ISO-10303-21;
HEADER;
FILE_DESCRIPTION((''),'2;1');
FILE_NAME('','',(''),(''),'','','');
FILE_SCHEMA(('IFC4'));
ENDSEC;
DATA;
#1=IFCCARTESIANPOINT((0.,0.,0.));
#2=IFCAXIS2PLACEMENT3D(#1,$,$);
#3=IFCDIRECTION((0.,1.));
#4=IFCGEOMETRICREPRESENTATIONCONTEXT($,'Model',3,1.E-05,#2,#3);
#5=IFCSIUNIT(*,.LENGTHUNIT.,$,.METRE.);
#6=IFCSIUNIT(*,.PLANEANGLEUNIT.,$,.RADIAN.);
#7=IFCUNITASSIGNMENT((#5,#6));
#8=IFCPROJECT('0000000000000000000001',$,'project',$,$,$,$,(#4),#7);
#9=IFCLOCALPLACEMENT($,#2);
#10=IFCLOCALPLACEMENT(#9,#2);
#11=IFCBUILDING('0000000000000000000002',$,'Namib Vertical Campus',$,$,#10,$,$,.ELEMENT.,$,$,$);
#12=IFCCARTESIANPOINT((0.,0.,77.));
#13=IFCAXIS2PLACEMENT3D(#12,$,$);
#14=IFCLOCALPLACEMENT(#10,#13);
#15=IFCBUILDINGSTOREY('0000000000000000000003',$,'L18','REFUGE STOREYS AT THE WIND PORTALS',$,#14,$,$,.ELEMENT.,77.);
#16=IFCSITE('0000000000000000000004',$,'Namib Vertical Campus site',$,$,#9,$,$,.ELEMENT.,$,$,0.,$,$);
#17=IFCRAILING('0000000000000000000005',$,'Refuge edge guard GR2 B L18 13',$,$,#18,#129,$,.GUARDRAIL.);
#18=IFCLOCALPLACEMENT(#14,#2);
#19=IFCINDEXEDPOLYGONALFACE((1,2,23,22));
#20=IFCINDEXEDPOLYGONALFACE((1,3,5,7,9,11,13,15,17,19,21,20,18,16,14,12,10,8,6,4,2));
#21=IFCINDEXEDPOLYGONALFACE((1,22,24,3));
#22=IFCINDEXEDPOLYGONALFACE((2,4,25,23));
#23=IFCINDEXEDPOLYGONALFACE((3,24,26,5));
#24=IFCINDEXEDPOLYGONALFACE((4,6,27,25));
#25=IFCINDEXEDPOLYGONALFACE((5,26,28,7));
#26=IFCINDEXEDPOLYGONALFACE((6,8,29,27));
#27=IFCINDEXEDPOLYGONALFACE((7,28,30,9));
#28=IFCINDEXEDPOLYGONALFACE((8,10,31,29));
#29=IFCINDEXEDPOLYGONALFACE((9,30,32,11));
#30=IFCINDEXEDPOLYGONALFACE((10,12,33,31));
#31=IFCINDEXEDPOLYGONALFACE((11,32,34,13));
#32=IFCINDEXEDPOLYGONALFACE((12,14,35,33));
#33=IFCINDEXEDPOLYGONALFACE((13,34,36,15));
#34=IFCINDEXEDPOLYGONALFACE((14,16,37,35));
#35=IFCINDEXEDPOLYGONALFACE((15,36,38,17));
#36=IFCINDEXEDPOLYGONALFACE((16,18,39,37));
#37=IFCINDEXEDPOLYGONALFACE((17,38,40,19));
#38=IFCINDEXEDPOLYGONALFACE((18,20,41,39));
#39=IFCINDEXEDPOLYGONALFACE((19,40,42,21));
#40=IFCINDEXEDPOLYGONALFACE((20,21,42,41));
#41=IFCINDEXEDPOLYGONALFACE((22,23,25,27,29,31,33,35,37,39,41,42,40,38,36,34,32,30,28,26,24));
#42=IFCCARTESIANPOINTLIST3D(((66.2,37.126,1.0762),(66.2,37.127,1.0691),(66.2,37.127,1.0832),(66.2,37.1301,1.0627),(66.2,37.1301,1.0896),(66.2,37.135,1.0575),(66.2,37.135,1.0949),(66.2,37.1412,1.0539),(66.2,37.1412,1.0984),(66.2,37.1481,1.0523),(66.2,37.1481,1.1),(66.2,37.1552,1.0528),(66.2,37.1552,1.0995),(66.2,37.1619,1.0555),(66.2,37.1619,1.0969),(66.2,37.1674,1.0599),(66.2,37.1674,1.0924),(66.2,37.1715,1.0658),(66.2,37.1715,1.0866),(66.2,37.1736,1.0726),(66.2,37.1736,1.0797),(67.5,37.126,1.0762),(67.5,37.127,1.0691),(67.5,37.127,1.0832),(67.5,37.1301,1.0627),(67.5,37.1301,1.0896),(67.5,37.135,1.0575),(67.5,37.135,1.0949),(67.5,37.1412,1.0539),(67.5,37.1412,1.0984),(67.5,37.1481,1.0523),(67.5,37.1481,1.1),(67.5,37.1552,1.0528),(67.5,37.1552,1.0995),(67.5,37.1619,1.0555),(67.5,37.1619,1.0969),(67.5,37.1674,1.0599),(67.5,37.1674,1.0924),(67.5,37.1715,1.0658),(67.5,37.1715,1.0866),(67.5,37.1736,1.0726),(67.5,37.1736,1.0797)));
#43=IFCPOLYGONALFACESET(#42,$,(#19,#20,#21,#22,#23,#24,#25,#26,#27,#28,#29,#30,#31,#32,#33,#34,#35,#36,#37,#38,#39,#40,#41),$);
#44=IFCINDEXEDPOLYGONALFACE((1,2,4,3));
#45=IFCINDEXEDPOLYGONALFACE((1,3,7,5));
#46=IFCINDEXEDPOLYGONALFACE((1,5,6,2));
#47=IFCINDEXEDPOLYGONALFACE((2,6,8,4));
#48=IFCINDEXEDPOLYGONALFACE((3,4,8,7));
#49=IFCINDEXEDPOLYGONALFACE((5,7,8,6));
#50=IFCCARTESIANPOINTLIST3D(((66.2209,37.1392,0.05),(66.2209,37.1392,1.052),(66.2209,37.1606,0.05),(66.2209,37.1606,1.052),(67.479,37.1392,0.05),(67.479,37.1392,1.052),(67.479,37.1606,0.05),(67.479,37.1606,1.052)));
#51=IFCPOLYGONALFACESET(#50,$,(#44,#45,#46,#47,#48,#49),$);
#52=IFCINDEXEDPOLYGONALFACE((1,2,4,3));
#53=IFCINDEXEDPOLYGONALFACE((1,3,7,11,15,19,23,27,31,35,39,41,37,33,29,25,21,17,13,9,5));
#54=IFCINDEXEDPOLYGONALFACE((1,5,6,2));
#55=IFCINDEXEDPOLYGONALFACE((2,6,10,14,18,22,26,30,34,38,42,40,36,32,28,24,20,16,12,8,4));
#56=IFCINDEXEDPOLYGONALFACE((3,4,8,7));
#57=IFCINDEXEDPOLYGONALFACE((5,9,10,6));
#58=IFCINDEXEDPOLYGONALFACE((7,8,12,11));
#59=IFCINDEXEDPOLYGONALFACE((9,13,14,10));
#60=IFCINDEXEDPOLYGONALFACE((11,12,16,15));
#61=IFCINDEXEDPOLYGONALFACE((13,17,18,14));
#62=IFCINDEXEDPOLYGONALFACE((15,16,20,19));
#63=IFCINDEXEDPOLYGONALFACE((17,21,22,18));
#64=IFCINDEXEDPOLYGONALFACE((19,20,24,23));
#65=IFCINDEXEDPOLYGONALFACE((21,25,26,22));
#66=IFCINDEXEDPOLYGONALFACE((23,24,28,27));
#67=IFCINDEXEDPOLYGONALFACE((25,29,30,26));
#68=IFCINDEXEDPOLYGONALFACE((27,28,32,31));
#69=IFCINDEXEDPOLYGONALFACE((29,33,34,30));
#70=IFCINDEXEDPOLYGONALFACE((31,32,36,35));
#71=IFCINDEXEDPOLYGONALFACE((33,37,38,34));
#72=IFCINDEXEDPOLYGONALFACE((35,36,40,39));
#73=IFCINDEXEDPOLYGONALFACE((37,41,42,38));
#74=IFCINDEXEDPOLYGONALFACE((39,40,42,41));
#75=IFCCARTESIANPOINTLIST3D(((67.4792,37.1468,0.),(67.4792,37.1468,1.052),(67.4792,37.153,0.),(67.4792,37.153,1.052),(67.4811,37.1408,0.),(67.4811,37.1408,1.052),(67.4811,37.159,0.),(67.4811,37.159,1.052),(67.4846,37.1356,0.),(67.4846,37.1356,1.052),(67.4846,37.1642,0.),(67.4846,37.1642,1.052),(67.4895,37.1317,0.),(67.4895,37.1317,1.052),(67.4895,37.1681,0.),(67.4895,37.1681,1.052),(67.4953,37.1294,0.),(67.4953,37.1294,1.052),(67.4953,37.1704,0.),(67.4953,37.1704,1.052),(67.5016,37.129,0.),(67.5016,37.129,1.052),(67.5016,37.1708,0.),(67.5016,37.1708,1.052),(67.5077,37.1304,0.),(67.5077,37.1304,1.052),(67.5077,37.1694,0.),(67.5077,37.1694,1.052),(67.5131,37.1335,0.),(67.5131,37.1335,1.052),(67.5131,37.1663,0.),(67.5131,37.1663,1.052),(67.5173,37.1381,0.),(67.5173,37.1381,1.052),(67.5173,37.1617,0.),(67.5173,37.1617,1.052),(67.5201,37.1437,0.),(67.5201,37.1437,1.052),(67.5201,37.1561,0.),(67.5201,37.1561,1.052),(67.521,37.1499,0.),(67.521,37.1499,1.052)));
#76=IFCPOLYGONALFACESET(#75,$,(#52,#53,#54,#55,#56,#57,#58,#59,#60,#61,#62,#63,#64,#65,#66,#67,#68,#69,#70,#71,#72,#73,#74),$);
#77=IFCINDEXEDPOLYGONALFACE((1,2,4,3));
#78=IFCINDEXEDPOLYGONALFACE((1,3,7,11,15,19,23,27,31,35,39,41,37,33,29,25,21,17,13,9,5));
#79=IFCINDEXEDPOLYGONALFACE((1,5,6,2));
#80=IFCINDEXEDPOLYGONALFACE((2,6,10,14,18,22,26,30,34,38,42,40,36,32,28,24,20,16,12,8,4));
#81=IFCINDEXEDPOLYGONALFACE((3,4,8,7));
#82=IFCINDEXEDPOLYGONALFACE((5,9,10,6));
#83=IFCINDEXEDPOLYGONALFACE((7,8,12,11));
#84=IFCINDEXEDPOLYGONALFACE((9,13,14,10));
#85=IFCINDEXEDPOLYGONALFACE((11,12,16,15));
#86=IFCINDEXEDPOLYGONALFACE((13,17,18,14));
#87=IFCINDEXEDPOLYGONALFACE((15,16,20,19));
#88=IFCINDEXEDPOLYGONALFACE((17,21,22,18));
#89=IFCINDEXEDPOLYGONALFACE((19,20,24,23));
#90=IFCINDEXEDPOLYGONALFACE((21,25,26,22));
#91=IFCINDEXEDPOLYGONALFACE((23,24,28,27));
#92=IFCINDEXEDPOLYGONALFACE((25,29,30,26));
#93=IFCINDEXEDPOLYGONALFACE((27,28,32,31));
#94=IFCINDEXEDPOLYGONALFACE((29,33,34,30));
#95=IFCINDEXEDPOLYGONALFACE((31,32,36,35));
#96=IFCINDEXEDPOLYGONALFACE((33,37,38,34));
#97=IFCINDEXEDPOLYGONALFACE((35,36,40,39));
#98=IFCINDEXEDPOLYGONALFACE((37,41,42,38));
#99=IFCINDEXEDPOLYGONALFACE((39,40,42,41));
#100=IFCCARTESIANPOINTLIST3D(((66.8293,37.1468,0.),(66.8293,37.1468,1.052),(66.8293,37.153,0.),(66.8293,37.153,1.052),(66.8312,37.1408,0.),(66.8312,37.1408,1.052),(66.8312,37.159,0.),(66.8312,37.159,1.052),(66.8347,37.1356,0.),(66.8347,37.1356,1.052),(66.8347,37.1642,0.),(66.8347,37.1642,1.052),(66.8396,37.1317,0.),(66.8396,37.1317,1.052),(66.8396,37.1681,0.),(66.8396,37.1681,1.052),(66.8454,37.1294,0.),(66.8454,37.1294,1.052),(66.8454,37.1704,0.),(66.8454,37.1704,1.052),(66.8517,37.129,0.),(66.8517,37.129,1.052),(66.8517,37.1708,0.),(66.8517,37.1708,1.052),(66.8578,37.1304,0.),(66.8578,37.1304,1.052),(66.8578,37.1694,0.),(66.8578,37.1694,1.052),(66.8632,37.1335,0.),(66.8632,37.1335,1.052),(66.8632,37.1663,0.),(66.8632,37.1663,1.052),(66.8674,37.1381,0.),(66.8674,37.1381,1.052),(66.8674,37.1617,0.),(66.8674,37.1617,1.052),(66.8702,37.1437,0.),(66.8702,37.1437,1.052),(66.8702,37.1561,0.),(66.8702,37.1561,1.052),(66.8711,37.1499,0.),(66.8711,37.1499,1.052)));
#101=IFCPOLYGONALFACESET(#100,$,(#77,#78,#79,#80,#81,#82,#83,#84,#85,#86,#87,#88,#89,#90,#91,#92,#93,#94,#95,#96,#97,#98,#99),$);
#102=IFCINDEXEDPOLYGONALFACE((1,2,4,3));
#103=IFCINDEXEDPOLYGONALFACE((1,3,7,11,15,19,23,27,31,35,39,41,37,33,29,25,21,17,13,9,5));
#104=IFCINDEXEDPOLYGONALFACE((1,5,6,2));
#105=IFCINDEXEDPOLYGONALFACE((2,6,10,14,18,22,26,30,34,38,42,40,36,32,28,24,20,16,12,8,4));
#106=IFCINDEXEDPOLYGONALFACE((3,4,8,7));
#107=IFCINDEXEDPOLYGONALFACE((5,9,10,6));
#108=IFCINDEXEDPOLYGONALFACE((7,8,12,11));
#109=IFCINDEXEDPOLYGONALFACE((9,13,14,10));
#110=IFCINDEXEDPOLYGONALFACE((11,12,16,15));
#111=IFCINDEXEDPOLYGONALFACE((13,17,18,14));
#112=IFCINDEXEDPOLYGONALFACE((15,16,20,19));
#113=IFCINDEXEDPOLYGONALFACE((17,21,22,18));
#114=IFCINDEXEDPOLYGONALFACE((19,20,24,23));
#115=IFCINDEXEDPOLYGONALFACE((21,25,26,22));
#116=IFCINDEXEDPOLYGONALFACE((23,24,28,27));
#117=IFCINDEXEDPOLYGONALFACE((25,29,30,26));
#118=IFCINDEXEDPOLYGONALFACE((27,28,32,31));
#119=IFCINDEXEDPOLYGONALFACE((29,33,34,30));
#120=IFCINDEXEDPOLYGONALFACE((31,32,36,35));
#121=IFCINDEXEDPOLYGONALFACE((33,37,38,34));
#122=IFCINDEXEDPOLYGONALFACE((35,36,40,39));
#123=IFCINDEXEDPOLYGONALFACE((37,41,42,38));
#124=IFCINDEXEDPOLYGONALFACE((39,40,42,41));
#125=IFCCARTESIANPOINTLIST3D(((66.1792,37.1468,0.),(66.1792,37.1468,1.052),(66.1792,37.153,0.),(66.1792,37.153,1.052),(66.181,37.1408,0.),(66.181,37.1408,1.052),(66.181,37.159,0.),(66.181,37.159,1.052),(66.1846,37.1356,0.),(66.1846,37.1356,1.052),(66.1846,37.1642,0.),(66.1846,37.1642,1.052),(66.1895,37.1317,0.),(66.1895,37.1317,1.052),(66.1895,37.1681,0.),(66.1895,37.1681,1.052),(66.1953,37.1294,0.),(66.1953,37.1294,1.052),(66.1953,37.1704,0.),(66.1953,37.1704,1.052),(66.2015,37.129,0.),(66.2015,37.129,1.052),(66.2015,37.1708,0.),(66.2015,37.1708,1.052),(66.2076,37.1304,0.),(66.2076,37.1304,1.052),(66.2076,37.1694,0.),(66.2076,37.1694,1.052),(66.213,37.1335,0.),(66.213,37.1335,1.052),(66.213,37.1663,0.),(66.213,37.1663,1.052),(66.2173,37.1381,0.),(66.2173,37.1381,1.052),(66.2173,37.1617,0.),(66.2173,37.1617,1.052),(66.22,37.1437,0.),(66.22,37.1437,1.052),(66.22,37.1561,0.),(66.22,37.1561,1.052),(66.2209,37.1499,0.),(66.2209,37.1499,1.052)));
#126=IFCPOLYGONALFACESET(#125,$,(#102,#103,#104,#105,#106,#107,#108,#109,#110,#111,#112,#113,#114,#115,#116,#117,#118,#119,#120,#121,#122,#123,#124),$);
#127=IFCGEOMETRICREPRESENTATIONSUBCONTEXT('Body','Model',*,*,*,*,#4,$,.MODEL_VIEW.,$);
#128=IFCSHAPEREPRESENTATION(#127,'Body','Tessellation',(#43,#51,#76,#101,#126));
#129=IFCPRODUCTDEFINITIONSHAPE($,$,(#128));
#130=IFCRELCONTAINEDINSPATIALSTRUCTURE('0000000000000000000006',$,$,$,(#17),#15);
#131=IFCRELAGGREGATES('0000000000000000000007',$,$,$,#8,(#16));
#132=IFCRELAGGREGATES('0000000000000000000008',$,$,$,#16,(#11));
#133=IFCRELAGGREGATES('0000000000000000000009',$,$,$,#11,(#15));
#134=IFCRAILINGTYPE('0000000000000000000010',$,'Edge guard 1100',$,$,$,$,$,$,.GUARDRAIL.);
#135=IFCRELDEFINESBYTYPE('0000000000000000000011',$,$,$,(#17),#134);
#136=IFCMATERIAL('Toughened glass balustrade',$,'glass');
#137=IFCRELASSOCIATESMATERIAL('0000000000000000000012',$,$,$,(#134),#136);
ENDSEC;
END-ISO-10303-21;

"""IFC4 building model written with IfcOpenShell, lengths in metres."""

from ifc_helpers import new_model, si_unit, direction, frame, origin, origin_2d, place, context, subcontext, project, spatial, polyline, circle, outline, extrude, material, type_object, element, save


model = new_model("IFC4")

# Units and contexts
model_context = context("Model", 3, precision=1e-05, world=origin(), true_north=direction((0.0, 1.0)))
body_context = subcontext(model_context, "Body", "Model", "MODEL_VIEW")
ifc_project = project(units=[si_unit("LENGTHUNIT", "METRE"), si_unit("PLANEANGLEUNIT", "RADIAN")], contexts=[model_context])

# Site, building, storey
site_placement = place(None, origin())
site = spatial("IfcSite", under=ifc_project, at=site_placement, Name="Namib Vertical Campus site", CompositionType="ELEMENT", RefElevation=0.0)
building_placement = place(site_placement, origin())
building = spatial("IfcBuilding", under=site, at=building_placement, Name="Namib Vertical Campus", CompositionType="ELEMENT")
storey_placement = place(building_placement, frame((0.0, 0.0, 77.0)))
storey = spatial("IfcBuildingStorey", under=building, at=storey_placement, Name="L18", Description="REFUGE STOREYS AT THE WIND PORTALS", CompositionType="ELEMENT", Elevation=77.0)

# Railing
ifc_material_1 = material(Name="Toughened glass balustrade", Category="glass")
railing_type_1 = type_object("IfcRailingType", Name="Edge guard 1100", PredefinedType="GUARDRAIL", material=ifc_material_1)
railing_1_placement = place(storey_placement, frame((67.5, 37.1499, 0.0)))
element("IfcRailing", 1, at=railing_1_placement, inside=storey, type_object=railing_type_1, Name="Refuge edge guard GR2 B L18 13", PredefinedType="GUARDRAIL", context=body_context, shape_type="SweptSolid", body=[
    extrude(circle(Radius=0.0239, at=origin_2d()), frame((0.0, 0.0, 1.0762), z_axis=(-1.0, 0.0, 0.0), x_axis=(0.0, -1.0, 0.0)), (0.0, 0.0, 1.0), 1.3),
    extrude(outline(polyline([(0.021, 0.05), (1.2791, 0.05), (1.2791, 1.052), (0.021, 1.052), (0.021, 0.05)])), frame((0.0, -0.0107, 0.0), z_axis=(0.0, 1.0, 0.0), x_axis=(-1.0, 0.0, 0.0)), (0.0, 0.0, 1.0), 0.0215),
    extrude(circle(Radius=0.021, at=origin_2d()), origin(), (0.0, 0.0, 1.0), 1.052),
    extrude(circle(Radius=0.021, at=origin_2d()), frame((-0.6499, 0.0, 0.0)), (0.0, 0.0, 1.0), 1.052),
    extrude(circle(Radius=0.021, at=origin_2d()), frame((-1.3, 0.0, 0.0)), (0.0, 0.0, 1.0), 1.052),
])

save(model, "model.ifc")
